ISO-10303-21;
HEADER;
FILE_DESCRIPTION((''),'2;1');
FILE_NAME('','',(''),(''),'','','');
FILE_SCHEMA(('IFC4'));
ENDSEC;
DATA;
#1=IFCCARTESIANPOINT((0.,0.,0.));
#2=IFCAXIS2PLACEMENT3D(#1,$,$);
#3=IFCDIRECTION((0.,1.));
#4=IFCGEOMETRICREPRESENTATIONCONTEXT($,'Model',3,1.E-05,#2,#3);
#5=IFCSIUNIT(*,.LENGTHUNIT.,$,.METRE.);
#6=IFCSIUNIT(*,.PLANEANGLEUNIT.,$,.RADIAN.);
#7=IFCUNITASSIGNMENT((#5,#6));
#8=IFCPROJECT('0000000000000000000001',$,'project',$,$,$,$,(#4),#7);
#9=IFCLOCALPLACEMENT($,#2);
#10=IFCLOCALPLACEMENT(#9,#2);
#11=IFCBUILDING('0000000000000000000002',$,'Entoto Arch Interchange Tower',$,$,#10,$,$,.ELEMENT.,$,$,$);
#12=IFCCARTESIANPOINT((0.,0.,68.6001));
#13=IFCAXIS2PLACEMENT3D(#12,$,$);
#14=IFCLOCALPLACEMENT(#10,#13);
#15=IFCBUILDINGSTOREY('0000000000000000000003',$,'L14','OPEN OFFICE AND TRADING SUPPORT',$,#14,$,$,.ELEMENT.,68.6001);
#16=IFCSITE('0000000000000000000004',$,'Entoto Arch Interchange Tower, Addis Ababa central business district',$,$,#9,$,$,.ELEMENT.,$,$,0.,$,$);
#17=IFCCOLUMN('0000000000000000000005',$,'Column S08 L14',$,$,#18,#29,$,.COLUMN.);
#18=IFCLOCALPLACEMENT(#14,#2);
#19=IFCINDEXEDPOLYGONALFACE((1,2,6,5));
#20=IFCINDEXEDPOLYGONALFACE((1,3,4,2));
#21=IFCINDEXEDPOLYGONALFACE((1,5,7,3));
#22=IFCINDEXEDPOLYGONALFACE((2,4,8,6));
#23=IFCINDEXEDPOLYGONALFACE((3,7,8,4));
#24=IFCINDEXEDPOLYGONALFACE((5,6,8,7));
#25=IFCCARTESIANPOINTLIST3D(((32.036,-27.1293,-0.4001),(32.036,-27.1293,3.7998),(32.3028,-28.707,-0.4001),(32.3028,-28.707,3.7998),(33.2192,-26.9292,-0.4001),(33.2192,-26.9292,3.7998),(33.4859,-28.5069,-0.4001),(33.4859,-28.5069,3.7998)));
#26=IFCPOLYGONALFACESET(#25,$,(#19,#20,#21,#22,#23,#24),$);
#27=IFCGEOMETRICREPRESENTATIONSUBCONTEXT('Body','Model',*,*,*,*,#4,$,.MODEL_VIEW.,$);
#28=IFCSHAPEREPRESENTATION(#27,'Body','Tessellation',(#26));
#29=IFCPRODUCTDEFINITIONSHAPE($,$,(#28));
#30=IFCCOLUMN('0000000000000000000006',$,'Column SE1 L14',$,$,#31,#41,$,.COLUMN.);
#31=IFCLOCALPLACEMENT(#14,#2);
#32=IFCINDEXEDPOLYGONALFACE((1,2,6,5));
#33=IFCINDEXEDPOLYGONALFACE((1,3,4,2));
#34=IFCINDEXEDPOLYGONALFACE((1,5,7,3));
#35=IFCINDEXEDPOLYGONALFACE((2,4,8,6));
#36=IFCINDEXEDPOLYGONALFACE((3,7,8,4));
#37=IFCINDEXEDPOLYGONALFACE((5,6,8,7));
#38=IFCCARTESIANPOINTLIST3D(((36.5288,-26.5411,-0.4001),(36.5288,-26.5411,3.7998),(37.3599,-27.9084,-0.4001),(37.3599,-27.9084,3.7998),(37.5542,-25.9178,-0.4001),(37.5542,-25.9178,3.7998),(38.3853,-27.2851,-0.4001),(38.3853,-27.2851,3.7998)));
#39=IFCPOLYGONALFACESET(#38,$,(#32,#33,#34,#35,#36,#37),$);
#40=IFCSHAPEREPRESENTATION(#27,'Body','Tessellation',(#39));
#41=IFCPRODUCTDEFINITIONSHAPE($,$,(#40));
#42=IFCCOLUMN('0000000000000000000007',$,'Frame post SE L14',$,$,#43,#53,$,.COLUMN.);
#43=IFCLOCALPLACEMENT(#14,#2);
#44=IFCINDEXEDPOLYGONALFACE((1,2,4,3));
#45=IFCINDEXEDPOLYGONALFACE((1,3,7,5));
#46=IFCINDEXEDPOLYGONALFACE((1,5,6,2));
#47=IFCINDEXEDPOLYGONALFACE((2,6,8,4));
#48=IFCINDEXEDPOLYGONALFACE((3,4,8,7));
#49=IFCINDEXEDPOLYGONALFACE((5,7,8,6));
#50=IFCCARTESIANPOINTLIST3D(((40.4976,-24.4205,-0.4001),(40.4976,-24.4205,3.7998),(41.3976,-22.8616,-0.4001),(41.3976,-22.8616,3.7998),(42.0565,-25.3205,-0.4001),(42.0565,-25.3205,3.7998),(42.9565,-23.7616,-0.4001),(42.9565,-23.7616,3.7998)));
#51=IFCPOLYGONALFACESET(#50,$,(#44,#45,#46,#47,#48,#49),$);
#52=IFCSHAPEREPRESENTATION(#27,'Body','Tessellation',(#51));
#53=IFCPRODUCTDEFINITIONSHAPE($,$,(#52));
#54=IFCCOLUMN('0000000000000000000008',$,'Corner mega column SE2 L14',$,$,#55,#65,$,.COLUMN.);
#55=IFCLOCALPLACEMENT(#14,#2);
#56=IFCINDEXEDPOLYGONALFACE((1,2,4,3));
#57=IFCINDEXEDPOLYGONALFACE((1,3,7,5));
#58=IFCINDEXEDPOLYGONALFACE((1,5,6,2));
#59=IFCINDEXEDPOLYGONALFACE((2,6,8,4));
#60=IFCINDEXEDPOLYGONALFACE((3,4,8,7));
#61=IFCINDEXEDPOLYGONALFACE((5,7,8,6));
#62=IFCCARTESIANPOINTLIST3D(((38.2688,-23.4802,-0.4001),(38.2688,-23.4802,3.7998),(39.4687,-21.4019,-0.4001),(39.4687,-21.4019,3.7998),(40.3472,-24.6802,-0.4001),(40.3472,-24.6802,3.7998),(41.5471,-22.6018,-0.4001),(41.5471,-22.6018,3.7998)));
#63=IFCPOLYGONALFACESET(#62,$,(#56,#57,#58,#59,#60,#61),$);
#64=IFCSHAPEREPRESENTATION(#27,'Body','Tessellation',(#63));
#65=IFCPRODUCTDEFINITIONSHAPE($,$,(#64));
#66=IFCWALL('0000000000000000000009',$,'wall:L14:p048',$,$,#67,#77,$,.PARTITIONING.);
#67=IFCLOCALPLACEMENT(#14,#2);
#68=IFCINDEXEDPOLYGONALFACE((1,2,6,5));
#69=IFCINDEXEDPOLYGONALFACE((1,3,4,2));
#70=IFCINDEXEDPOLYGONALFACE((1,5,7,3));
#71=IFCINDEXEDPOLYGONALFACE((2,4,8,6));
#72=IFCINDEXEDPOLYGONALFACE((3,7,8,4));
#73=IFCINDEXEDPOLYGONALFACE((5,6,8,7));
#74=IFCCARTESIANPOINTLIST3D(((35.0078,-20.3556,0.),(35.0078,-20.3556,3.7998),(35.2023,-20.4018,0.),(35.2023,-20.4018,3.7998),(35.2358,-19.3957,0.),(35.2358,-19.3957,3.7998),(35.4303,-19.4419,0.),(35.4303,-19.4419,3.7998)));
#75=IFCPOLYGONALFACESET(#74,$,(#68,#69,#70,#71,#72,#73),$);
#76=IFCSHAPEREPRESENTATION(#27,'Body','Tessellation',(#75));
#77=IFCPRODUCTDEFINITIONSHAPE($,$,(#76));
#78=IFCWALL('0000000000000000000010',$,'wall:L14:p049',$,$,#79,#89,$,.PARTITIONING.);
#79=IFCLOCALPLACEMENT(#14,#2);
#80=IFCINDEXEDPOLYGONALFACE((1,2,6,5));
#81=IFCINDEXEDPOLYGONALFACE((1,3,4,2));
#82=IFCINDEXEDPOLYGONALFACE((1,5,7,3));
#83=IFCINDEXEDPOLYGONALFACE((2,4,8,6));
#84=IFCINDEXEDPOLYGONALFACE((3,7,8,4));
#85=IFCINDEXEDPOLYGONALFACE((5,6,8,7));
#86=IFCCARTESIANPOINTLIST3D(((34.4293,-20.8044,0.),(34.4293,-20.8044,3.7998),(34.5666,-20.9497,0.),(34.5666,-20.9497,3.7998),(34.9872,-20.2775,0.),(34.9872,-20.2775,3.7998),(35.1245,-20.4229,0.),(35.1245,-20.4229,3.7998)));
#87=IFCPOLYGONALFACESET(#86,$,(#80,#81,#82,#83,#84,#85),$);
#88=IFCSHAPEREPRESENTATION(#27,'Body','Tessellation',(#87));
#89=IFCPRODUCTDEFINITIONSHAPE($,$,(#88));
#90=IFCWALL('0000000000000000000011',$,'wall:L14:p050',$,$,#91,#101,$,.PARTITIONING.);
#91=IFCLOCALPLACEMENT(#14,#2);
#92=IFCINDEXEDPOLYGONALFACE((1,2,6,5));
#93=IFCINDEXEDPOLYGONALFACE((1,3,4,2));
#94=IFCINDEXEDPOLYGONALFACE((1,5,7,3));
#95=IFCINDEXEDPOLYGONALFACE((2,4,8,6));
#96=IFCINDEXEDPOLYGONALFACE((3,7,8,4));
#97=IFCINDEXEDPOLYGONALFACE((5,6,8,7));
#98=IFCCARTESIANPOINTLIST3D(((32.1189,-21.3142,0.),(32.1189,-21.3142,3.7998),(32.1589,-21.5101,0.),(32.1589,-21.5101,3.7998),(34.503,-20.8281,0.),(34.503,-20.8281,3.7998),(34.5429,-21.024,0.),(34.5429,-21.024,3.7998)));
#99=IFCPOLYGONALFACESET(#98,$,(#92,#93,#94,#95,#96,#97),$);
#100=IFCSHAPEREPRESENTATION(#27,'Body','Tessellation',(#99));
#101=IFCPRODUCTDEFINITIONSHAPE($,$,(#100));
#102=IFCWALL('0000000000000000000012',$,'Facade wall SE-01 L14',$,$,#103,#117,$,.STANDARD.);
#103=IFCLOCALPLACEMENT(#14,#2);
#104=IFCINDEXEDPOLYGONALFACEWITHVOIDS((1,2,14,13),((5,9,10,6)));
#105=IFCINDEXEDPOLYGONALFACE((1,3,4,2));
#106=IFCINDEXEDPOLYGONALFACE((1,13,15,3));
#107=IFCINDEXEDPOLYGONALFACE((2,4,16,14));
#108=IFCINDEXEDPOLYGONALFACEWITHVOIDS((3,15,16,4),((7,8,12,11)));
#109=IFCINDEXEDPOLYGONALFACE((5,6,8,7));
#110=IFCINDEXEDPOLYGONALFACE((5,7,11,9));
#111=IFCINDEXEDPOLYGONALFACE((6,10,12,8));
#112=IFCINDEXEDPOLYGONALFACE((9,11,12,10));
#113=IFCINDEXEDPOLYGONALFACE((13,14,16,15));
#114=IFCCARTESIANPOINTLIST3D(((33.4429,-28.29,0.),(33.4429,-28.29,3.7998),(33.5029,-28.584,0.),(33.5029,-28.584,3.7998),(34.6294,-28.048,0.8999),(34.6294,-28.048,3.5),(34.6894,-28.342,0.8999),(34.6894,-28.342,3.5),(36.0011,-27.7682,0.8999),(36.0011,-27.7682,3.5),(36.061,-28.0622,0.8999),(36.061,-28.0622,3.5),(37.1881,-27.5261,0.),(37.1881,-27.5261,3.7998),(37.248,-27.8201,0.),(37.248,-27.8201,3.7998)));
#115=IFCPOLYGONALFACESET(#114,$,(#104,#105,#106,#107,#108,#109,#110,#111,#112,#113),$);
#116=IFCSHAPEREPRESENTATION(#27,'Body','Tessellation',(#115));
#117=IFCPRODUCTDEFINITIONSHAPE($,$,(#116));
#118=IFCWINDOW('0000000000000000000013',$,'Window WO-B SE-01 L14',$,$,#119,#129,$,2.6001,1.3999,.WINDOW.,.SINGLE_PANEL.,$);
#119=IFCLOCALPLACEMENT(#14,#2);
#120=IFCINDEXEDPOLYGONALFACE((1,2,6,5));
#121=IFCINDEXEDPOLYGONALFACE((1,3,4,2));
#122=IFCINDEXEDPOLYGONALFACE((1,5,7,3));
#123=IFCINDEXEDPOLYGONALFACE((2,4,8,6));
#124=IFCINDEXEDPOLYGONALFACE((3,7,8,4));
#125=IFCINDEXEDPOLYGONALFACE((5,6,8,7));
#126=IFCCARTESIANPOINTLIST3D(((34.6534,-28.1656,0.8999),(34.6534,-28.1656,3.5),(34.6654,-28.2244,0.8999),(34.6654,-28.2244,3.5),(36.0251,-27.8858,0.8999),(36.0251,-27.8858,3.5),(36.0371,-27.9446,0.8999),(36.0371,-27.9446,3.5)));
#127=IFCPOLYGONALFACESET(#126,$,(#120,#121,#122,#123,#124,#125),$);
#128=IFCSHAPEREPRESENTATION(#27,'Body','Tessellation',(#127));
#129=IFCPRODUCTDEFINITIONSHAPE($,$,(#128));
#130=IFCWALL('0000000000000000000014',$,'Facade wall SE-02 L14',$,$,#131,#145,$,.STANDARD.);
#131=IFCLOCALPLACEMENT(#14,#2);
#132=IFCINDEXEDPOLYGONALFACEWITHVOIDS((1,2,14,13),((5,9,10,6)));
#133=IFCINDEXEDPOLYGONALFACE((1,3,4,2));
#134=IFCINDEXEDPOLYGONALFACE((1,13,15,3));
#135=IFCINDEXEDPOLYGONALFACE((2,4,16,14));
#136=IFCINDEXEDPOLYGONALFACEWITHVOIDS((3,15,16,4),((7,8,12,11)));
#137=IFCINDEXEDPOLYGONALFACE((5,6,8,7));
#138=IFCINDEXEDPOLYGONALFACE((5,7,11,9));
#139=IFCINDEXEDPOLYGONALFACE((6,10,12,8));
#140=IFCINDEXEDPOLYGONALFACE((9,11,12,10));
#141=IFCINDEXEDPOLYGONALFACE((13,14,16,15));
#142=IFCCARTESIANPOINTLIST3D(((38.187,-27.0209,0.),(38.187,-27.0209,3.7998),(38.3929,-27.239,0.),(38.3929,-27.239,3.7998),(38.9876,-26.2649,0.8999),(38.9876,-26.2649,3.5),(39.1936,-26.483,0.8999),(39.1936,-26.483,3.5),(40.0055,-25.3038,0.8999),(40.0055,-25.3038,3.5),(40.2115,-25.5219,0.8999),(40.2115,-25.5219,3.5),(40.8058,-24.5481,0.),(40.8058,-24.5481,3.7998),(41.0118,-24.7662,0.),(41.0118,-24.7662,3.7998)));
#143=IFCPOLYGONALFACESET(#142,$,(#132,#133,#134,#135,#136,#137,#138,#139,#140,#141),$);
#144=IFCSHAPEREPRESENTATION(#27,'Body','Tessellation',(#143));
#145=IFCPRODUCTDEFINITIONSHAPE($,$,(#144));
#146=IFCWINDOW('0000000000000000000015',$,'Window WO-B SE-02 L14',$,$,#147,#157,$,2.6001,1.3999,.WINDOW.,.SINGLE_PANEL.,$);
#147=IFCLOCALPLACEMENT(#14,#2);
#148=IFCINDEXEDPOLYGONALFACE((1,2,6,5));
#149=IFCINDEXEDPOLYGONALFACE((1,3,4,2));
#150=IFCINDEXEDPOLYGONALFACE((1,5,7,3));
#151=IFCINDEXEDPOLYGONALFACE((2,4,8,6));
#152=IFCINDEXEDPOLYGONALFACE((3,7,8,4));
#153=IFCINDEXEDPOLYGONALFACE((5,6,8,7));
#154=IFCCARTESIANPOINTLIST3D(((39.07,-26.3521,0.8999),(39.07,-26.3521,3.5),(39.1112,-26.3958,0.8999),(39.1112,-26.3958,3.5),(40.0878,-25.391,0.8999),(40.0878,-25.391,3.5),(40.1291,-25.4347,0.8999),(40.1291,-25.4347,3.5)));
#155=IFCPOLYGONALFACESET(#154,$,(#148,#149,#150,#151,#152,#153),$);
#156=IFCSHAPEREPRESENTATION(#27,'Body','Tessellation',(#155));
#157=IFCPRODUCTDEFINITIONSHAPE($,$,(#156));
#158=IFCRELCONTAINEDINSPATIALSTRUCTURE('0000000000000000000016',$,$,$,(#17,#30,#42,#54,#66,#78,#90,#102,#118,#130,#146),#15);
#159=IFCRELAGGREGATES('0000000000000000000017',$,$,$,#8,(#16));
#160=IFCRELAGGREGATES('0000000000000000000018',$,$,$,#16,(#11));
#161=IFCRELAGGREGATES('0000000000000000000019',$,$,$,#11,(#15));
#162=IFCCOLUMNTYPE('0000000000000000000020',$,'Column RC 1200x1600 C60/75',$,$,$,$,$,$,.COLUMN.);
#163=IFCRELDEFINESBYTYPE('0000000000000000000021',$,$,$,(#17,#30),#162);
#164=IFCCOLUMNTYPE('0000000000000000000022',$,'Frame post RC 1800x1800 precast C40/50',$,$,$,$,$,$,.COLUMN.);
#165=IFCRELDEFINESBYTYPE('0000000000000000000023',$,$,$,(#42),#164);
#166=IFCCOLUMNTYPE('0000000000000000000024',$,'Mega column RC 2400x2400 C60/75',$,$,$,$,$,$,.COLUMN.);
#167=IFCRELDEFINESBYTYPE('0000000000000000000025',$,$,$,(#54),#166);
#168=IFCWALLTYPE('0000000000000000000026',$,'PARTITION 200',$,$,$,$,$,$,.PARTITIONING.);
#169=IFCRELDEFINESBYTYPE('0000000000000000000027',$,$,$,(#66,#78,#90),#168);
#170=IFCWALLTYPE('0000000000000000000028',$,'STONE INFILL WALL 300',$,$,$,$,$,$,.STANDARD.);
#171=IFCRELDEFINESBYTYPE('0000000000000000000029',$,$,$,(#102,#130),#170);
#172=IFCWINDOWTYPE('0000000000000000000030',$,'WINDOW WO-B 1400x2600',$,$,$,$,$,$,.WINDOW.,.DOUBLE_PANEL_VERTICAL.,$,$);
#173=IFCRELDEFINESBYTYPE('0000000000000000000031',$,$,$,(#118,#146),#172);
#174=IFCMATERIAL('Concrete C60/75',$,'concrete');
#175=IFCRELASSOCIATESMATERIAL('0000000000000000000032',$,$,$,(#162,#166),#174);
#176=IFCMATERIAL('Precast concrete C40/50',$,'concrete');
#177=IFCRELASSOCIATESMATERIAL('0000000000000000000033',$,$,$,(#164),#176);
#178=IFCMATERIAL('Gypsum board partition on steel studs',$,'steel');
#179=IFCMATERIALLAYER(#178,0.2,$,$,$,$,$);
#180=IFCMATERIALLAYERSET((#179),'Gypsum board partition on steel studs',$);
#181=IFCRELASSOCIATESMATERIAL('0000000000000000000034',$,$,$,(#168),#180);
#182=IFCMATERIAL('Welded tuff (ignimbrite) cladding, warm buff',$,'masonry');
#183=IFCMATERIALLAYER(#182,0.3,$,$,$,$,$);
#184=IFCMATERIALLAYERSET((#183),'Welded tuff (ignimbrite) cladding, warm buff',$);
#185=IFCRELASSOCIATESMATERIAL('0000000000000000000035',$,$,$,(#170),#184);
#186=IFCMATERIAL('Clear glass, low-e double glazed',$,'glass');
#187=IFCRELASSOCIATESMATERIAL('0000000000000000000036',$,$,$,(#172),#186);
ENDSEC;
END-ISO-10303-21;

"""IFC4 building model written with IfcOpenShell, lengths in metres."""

from ifc_helpers import new_model, si_unit, direction, frame, frame_2d, origin, origin_2d, place, context, subcontext, project, spatial, rectangle, extrude, material, layer, layer_set, material_profile, profile_set, type_object, element, fill, save


model = new_model("IFC4")

# Units and contexts
model_context = context("Model", 3, precision=1e-05, world=origin(), true_north=direction((0.0, 1.0)))
body_context = subcontext(model_context, "Body", "Model", "MODEL_VIEW")
ifc_project = project(units=[si_unit("LENGTHUNIT", "METRE"), si_unit("PLANEANGLEUNIT", "RADIAN")], contexts=[model_context])

# Site, building, storey
site_placement = place(None, origin())
site = spatial("IfcSite", under=ifc_project, at=site_placement, Name="Entoto Arch Interchange Tower, Addis Ababa central business district", CompositionType="ELEMENT", RefElevation=0.0)
building_placement = place(site_placement, origin())
building = spatial("IfcBuilding", under=site, at=building_placement, Name="Entoto Arch Interchange Tower", CompositionType="ELEMENT")
storey_placement = place(building_placement, frame((0.0, 0.0, 68.6001)))
storey = spatial("IfcBuildingStorey", under=building, at=storey_placement, Name="L14", Description="OPEN OFFICE AND TRADING SUPPORT", CompositionType="ELEMENT", Elevation=68.6001)

# Columns
ifc_material_1 = material(Name="Concrete C60/75", Category="concrete")
ifc_material_profile_1 = material_profile(ifc_material_1, rectangle(XDim=1.2, YDim=1.6001, at=origin_2d()))
ifc_profile_set_1 = profile_set([ifc_material_profile_1], Name="Concrete C60/75")
column_type_1 = type_object("IfcColumnType", Name="Column RC 1200x1600 C60/75", PredefinedType="COLUMN", material=ifc_profile_set_1)
for number, where, z_axis, x_axis, name in (
    (1, (32.761, -27.8181, -0.4001), (0.0, 0.0, 1.0), (0.986005, 0.166717, 0.0), "Column S08 L14"),
    (2, (37.457, -26.9131, -0.4001), (0.0, 0.0, 1.0), (0.854522, 0.519415, 0.0), "Column SE1 L14"),
):
    element("IfcColumn", number, at=place(storey_placement, frame(where, z_axis=z_axis, x_axis=x_axis)), inside=storey, type_object=column_type_1, Name=name, PredefinedType="COLUMN", context=body_context, shape_type="SweptSolid", body=[
        extrude(rectangle(XDim=1.2, YDim=1.6001, at=origin_2d()), origin(), (0.0, 0.0, 1.0), 4.2),
    ])
ifc_material_2 = material(Name="Precast concrete C40/50", Category="concrete")
ifc_material_profile_2 = material_profile(ifc_material_2, rectangle(XDim=1.8, YDim=1.8, at=origin_2d()))
ifc_profile_set_2 = profile_set([ifc_material_profile_2], Name="Precast concrete C40/50")
column_type_2 = type_object("IfcColumnType", Name="Frame post RC 1800x1800 precast C40/50", PredefinedType="COLUMN", material=ifc_profile_set_2)
column_1_placement = place(storey_placement, frame((41.7271, -24.0911, -0.4001), z_axis=(0.0, 0.0, 1.0), x_axis=(-0.866025, 0.5, 0.0)))
element("IfcColumn", 3, at=column_1_placement, inside=storey, type_object=column_type_2, Name="Frame post SE L14", PredefinedType="COLUMN", context=body_context, shape_type="SweptSolid", body=[
    extrude(rectangle(XDim=1.8, YDim=1.8, at=origin_2d()), origin(), (0.0, 0.0, 1.0), 4.2),
])
ifc_material_profile_3 = material_profile(ifc_material_1, rectangle(XDim=2.3999, YDim=2.3999, at=origin_2d()))
ifc_profile_set_3 = profile_set([ifc_material_profile_3], Name="Concrete C60/75")
column_type_3 = type_object("IfcColumnType", Name="Mega column RC 2400x2400 C60/75", PredefinedType="COLUMN", material=ifc_profile_set_3)
column_2_placement = place(storey_placement, frame((39.908, -23.041, -0.4001), z_axis=(0.0, 0.0, 1.0), x_axis=(-0.866025, 0.5, 0.0)))
element("IfcColumn", 4, at=column_2_placement, inside=storey, type_object=column_type_3, Name="Corner mega column SE2 L14", PredefinedType="COLUMN", context=body_context, shape_type="SweptSolid", body=[
    extrude(rectangle(XDim=2.3999, YDim=2.3999, at=origin_2d()), origin(), (0.0, 0.0, 1.0), 4.2),
])

# Walls
ifc_material_3 = material(Name="Gypsum board partition on steel studs", Category="steel")
ifc_layer_1 = layer(ifc_material_3, 0.2)
ifc_layer_set_1 = layer_set([ifc_layer_1], Name="Gypsum board partition on steel studs")
wall_type_1 = type_object("IfcWallType", Name="PARTITION 200", PredefinedType="PARTITIONING", material=ifc_layer_set_1)
wall_1_placement = place(storey_placement, frame((35.333, -19.4189, 0.0), z_axis=(0.0, 0.0, 1.0), x_axis=(-0.231108, -0.972928, 0.0)))
element("IfcWall", 5, at=wall_1_placement, inside=storey, type_object=wall_type_1, Name="wall:L14:p048", PredefinedType="PARTITIONING", context=body_context, shape_type="SweptSolid", body=[
    extrude(rectangle(XDim=0.9866, YDim=0.2, at=frame_2d((0.4932, 0.0))), origin(), (0.0, 0.0, 1.0), 3.7998),
])
wall_2_placement = place(storey_placement, frame((35.0559, -20.3501, 0.0), z_axis=(0.0, 0.0, 1.0), x_axis=(-0.727022, -0.686614, 0.0)))
element("IfcWall", 6, at=wall_2_placement, inside=storey, type_object=wall_type_1, Name="wall:L14:p049", PredefinedType="PARTITIONING", context=body_context, shape_type="SweptSolid", body=[
    extrude(rectangle(XDim=0.7673, YDim=0.2, at=frame_2d((0.3838, 0.0))), origin(), (0.0, 0.0, 1.0), 3.7998),
])
wall_3_placement = place(storey_placement, frame((34.5229, -20.926, 0.0), z_axis=(0.0, 0.0, 1.0), x_axis=(-0.979841, -0.199781, 0.0)))
element("IfcWall", 7, at=wall_3_placement, inside=storey, type_object=wall_type_1, Name="wall:L14:p050", PredefinedType="PARTITIONING", context=body_context, shape_type="SweptSolid", body=[
    extrude(rectangle(XDim=2.4331, YDim=0.2, at=frame_2d((1.2166, 0.0))), origin(), (0.0, 0.0, 1.0), 3.7998),
])

# Walls, openings, windows
ifc_material_4 = material(Name="Welded tuff (ignimbrite) cladding, warm buff", Category="masonry")
ifc_layer_2 = layer(ifc_material_4, 0.3)
ifc_layer_set_2 = layer_set([ifc_layer_2], Name="Welded tuff (ignimbrite) cladding, warm buff")
wall_type_2 = type_object("IfcWallType", Name="STONE INFILL WALL 300", PredefinedType="STANDARD", material=ifc_layer_set_2)
wall_4_placement = place(storey_placement, frame((33.4729, -28.437, 0.0), z_axis=(0.0, 0.0, 1.0), x_axis=(0.979824, 0.199861, 0.0)))
wall_4 = element("IfcWall", 8, at=wall_4_placement, inside=storey, type_object=wall_type_2, Name="Facade wall SE-01 L14", PredefinedType="STANDARD", context=body_context, shape_type="SweptSolid", body=[
    extrude(rectangle(XDim=3.8223, YDim=0.3, at=frame_2d((1.9111, 0.0))), origin(), (0.0, 0.0, 1.0), 3.7998),
])
opening_1_placement = place(wall_4_placement, frame((1.2109, 0.0, 0.8999)))
opening_1 = element("IfcOpeningElement", 9, at=opening_1_placement, cuts=wall_4, PredefinedType="OPENING", context=body_context, shape_type="SweptSolid", body=[
    extrude(rectangle(XDim=1.3999, YDim=2.6001, at=frame_2d((0.7, 1.3))), frame((0.0, 0.1602, 0.0), z_axis=(0.0, -1.0, 0.0), x_axis=(1.0, 0.0, 0.0)), (0.0, 0.0, 1.0), 0.3201),
])
ifc_material_5 = material(Name="Clear glass, low-e double glazed", Category="glass")
window_type = type_object("IfcWindowType", Name="WINDOW WO-B 1400x2600", PartitioningType="DOUBLE_PANEL_VERTICAL", PredefinedType="WINDOW", material=ifc_material_5)
window_1_placement = place(opening_1_placement, origin())
window_1 = element("IfcWindow", 10, at=window_1_placement, inside=storey, type_object=window_type, Name="Window WO-B SE-01 L14", OverallHeight=2.6001, OverallWidth=1.3999, PartitioningType="SINGLE_PANEL", PredefinedType="WINDOW", context=body_context, shape_type="SweptSolid", body=[
    extrude(rectangle(XDim=1.3999, YDim=2.6001, at=frame_2d((0.7, 1.3))), frame((0.0, 0.03, 0.0), z_axis=(0.0, -1.0, 0.0), x_axis=(1.0, 0.0, 0.0)), (0.0, 0.0, 1.0), 0.0601),
])
fill(opening_1, window_1)
wall_5_placement = place(storey_placement, frame((38.29, -27.1299, 0.0), z_axis=(0.0, 0.0, 1.0), x_axis=(0.727083, 0.68655, 0.0)))
wall_5 = element("IfcWall", 11, at=wall_5_placement, inside=storey, type_object=wall_type_2, Name="Facade wall SE-02 L14", PredefinedType="STANDARD", context=body_context, shape_type="SweptSolid", body=[
    extrude(rectangle(XDim=3.6018, YDim=0.3, at=frame_2d((1.8008, 0.0))), origin(), (0.0, 0.0, 1.0), 3.7998),
])
opening_2_placement = place(wall_5_placement, frame((1.1011, 0.0, 0.8999)))
opening_2 = element("IfcOpeningElement", 12, at=opening_2_placement, cuts=wall_5, PredefinedType="OPENING", context=body_context, shape_type="SweptSolid", body=[
    extrude(rectangle(XDim=1.3999, YDim=2.6001, at=frame_2d((0.7, 1.3))), frame((0.0, 0.1602, 0.0), z_axis=(0.0, -1.0, 0.0), x_axis=(1.0, 0.0, 0.0)), (0.0, 0.0, 1.0), 0.3201),
])
window_2_placement = place(opening_2_placement, origin())
window_2 = element("IfcWindow", 13, at=window_2_placement, inside=storey, type_object=window_type, Name="Window WO-B SE-02 L14", OverallHeight=2.6001, OverallWidth=1.3999, PartitioningType="SINGLE_PANEL", PredefinedType="WINDOW", context=body_context, shape_type="SweptSolid", body=[
    extrude(rectangle(XDim=1.3999, YDim=2.6001, at=frame_2d((0.7, 1.3))), frame((0.0, 0.03, 0.0), z_axis=(0.0, -1.0, 0.0), x_axis=(1.0, 0.0, 0.0)), (0.0, 0.0, 1.0), 0.0601),
])
fill(opening_2, window_2)

save(model, "model.ifc")
